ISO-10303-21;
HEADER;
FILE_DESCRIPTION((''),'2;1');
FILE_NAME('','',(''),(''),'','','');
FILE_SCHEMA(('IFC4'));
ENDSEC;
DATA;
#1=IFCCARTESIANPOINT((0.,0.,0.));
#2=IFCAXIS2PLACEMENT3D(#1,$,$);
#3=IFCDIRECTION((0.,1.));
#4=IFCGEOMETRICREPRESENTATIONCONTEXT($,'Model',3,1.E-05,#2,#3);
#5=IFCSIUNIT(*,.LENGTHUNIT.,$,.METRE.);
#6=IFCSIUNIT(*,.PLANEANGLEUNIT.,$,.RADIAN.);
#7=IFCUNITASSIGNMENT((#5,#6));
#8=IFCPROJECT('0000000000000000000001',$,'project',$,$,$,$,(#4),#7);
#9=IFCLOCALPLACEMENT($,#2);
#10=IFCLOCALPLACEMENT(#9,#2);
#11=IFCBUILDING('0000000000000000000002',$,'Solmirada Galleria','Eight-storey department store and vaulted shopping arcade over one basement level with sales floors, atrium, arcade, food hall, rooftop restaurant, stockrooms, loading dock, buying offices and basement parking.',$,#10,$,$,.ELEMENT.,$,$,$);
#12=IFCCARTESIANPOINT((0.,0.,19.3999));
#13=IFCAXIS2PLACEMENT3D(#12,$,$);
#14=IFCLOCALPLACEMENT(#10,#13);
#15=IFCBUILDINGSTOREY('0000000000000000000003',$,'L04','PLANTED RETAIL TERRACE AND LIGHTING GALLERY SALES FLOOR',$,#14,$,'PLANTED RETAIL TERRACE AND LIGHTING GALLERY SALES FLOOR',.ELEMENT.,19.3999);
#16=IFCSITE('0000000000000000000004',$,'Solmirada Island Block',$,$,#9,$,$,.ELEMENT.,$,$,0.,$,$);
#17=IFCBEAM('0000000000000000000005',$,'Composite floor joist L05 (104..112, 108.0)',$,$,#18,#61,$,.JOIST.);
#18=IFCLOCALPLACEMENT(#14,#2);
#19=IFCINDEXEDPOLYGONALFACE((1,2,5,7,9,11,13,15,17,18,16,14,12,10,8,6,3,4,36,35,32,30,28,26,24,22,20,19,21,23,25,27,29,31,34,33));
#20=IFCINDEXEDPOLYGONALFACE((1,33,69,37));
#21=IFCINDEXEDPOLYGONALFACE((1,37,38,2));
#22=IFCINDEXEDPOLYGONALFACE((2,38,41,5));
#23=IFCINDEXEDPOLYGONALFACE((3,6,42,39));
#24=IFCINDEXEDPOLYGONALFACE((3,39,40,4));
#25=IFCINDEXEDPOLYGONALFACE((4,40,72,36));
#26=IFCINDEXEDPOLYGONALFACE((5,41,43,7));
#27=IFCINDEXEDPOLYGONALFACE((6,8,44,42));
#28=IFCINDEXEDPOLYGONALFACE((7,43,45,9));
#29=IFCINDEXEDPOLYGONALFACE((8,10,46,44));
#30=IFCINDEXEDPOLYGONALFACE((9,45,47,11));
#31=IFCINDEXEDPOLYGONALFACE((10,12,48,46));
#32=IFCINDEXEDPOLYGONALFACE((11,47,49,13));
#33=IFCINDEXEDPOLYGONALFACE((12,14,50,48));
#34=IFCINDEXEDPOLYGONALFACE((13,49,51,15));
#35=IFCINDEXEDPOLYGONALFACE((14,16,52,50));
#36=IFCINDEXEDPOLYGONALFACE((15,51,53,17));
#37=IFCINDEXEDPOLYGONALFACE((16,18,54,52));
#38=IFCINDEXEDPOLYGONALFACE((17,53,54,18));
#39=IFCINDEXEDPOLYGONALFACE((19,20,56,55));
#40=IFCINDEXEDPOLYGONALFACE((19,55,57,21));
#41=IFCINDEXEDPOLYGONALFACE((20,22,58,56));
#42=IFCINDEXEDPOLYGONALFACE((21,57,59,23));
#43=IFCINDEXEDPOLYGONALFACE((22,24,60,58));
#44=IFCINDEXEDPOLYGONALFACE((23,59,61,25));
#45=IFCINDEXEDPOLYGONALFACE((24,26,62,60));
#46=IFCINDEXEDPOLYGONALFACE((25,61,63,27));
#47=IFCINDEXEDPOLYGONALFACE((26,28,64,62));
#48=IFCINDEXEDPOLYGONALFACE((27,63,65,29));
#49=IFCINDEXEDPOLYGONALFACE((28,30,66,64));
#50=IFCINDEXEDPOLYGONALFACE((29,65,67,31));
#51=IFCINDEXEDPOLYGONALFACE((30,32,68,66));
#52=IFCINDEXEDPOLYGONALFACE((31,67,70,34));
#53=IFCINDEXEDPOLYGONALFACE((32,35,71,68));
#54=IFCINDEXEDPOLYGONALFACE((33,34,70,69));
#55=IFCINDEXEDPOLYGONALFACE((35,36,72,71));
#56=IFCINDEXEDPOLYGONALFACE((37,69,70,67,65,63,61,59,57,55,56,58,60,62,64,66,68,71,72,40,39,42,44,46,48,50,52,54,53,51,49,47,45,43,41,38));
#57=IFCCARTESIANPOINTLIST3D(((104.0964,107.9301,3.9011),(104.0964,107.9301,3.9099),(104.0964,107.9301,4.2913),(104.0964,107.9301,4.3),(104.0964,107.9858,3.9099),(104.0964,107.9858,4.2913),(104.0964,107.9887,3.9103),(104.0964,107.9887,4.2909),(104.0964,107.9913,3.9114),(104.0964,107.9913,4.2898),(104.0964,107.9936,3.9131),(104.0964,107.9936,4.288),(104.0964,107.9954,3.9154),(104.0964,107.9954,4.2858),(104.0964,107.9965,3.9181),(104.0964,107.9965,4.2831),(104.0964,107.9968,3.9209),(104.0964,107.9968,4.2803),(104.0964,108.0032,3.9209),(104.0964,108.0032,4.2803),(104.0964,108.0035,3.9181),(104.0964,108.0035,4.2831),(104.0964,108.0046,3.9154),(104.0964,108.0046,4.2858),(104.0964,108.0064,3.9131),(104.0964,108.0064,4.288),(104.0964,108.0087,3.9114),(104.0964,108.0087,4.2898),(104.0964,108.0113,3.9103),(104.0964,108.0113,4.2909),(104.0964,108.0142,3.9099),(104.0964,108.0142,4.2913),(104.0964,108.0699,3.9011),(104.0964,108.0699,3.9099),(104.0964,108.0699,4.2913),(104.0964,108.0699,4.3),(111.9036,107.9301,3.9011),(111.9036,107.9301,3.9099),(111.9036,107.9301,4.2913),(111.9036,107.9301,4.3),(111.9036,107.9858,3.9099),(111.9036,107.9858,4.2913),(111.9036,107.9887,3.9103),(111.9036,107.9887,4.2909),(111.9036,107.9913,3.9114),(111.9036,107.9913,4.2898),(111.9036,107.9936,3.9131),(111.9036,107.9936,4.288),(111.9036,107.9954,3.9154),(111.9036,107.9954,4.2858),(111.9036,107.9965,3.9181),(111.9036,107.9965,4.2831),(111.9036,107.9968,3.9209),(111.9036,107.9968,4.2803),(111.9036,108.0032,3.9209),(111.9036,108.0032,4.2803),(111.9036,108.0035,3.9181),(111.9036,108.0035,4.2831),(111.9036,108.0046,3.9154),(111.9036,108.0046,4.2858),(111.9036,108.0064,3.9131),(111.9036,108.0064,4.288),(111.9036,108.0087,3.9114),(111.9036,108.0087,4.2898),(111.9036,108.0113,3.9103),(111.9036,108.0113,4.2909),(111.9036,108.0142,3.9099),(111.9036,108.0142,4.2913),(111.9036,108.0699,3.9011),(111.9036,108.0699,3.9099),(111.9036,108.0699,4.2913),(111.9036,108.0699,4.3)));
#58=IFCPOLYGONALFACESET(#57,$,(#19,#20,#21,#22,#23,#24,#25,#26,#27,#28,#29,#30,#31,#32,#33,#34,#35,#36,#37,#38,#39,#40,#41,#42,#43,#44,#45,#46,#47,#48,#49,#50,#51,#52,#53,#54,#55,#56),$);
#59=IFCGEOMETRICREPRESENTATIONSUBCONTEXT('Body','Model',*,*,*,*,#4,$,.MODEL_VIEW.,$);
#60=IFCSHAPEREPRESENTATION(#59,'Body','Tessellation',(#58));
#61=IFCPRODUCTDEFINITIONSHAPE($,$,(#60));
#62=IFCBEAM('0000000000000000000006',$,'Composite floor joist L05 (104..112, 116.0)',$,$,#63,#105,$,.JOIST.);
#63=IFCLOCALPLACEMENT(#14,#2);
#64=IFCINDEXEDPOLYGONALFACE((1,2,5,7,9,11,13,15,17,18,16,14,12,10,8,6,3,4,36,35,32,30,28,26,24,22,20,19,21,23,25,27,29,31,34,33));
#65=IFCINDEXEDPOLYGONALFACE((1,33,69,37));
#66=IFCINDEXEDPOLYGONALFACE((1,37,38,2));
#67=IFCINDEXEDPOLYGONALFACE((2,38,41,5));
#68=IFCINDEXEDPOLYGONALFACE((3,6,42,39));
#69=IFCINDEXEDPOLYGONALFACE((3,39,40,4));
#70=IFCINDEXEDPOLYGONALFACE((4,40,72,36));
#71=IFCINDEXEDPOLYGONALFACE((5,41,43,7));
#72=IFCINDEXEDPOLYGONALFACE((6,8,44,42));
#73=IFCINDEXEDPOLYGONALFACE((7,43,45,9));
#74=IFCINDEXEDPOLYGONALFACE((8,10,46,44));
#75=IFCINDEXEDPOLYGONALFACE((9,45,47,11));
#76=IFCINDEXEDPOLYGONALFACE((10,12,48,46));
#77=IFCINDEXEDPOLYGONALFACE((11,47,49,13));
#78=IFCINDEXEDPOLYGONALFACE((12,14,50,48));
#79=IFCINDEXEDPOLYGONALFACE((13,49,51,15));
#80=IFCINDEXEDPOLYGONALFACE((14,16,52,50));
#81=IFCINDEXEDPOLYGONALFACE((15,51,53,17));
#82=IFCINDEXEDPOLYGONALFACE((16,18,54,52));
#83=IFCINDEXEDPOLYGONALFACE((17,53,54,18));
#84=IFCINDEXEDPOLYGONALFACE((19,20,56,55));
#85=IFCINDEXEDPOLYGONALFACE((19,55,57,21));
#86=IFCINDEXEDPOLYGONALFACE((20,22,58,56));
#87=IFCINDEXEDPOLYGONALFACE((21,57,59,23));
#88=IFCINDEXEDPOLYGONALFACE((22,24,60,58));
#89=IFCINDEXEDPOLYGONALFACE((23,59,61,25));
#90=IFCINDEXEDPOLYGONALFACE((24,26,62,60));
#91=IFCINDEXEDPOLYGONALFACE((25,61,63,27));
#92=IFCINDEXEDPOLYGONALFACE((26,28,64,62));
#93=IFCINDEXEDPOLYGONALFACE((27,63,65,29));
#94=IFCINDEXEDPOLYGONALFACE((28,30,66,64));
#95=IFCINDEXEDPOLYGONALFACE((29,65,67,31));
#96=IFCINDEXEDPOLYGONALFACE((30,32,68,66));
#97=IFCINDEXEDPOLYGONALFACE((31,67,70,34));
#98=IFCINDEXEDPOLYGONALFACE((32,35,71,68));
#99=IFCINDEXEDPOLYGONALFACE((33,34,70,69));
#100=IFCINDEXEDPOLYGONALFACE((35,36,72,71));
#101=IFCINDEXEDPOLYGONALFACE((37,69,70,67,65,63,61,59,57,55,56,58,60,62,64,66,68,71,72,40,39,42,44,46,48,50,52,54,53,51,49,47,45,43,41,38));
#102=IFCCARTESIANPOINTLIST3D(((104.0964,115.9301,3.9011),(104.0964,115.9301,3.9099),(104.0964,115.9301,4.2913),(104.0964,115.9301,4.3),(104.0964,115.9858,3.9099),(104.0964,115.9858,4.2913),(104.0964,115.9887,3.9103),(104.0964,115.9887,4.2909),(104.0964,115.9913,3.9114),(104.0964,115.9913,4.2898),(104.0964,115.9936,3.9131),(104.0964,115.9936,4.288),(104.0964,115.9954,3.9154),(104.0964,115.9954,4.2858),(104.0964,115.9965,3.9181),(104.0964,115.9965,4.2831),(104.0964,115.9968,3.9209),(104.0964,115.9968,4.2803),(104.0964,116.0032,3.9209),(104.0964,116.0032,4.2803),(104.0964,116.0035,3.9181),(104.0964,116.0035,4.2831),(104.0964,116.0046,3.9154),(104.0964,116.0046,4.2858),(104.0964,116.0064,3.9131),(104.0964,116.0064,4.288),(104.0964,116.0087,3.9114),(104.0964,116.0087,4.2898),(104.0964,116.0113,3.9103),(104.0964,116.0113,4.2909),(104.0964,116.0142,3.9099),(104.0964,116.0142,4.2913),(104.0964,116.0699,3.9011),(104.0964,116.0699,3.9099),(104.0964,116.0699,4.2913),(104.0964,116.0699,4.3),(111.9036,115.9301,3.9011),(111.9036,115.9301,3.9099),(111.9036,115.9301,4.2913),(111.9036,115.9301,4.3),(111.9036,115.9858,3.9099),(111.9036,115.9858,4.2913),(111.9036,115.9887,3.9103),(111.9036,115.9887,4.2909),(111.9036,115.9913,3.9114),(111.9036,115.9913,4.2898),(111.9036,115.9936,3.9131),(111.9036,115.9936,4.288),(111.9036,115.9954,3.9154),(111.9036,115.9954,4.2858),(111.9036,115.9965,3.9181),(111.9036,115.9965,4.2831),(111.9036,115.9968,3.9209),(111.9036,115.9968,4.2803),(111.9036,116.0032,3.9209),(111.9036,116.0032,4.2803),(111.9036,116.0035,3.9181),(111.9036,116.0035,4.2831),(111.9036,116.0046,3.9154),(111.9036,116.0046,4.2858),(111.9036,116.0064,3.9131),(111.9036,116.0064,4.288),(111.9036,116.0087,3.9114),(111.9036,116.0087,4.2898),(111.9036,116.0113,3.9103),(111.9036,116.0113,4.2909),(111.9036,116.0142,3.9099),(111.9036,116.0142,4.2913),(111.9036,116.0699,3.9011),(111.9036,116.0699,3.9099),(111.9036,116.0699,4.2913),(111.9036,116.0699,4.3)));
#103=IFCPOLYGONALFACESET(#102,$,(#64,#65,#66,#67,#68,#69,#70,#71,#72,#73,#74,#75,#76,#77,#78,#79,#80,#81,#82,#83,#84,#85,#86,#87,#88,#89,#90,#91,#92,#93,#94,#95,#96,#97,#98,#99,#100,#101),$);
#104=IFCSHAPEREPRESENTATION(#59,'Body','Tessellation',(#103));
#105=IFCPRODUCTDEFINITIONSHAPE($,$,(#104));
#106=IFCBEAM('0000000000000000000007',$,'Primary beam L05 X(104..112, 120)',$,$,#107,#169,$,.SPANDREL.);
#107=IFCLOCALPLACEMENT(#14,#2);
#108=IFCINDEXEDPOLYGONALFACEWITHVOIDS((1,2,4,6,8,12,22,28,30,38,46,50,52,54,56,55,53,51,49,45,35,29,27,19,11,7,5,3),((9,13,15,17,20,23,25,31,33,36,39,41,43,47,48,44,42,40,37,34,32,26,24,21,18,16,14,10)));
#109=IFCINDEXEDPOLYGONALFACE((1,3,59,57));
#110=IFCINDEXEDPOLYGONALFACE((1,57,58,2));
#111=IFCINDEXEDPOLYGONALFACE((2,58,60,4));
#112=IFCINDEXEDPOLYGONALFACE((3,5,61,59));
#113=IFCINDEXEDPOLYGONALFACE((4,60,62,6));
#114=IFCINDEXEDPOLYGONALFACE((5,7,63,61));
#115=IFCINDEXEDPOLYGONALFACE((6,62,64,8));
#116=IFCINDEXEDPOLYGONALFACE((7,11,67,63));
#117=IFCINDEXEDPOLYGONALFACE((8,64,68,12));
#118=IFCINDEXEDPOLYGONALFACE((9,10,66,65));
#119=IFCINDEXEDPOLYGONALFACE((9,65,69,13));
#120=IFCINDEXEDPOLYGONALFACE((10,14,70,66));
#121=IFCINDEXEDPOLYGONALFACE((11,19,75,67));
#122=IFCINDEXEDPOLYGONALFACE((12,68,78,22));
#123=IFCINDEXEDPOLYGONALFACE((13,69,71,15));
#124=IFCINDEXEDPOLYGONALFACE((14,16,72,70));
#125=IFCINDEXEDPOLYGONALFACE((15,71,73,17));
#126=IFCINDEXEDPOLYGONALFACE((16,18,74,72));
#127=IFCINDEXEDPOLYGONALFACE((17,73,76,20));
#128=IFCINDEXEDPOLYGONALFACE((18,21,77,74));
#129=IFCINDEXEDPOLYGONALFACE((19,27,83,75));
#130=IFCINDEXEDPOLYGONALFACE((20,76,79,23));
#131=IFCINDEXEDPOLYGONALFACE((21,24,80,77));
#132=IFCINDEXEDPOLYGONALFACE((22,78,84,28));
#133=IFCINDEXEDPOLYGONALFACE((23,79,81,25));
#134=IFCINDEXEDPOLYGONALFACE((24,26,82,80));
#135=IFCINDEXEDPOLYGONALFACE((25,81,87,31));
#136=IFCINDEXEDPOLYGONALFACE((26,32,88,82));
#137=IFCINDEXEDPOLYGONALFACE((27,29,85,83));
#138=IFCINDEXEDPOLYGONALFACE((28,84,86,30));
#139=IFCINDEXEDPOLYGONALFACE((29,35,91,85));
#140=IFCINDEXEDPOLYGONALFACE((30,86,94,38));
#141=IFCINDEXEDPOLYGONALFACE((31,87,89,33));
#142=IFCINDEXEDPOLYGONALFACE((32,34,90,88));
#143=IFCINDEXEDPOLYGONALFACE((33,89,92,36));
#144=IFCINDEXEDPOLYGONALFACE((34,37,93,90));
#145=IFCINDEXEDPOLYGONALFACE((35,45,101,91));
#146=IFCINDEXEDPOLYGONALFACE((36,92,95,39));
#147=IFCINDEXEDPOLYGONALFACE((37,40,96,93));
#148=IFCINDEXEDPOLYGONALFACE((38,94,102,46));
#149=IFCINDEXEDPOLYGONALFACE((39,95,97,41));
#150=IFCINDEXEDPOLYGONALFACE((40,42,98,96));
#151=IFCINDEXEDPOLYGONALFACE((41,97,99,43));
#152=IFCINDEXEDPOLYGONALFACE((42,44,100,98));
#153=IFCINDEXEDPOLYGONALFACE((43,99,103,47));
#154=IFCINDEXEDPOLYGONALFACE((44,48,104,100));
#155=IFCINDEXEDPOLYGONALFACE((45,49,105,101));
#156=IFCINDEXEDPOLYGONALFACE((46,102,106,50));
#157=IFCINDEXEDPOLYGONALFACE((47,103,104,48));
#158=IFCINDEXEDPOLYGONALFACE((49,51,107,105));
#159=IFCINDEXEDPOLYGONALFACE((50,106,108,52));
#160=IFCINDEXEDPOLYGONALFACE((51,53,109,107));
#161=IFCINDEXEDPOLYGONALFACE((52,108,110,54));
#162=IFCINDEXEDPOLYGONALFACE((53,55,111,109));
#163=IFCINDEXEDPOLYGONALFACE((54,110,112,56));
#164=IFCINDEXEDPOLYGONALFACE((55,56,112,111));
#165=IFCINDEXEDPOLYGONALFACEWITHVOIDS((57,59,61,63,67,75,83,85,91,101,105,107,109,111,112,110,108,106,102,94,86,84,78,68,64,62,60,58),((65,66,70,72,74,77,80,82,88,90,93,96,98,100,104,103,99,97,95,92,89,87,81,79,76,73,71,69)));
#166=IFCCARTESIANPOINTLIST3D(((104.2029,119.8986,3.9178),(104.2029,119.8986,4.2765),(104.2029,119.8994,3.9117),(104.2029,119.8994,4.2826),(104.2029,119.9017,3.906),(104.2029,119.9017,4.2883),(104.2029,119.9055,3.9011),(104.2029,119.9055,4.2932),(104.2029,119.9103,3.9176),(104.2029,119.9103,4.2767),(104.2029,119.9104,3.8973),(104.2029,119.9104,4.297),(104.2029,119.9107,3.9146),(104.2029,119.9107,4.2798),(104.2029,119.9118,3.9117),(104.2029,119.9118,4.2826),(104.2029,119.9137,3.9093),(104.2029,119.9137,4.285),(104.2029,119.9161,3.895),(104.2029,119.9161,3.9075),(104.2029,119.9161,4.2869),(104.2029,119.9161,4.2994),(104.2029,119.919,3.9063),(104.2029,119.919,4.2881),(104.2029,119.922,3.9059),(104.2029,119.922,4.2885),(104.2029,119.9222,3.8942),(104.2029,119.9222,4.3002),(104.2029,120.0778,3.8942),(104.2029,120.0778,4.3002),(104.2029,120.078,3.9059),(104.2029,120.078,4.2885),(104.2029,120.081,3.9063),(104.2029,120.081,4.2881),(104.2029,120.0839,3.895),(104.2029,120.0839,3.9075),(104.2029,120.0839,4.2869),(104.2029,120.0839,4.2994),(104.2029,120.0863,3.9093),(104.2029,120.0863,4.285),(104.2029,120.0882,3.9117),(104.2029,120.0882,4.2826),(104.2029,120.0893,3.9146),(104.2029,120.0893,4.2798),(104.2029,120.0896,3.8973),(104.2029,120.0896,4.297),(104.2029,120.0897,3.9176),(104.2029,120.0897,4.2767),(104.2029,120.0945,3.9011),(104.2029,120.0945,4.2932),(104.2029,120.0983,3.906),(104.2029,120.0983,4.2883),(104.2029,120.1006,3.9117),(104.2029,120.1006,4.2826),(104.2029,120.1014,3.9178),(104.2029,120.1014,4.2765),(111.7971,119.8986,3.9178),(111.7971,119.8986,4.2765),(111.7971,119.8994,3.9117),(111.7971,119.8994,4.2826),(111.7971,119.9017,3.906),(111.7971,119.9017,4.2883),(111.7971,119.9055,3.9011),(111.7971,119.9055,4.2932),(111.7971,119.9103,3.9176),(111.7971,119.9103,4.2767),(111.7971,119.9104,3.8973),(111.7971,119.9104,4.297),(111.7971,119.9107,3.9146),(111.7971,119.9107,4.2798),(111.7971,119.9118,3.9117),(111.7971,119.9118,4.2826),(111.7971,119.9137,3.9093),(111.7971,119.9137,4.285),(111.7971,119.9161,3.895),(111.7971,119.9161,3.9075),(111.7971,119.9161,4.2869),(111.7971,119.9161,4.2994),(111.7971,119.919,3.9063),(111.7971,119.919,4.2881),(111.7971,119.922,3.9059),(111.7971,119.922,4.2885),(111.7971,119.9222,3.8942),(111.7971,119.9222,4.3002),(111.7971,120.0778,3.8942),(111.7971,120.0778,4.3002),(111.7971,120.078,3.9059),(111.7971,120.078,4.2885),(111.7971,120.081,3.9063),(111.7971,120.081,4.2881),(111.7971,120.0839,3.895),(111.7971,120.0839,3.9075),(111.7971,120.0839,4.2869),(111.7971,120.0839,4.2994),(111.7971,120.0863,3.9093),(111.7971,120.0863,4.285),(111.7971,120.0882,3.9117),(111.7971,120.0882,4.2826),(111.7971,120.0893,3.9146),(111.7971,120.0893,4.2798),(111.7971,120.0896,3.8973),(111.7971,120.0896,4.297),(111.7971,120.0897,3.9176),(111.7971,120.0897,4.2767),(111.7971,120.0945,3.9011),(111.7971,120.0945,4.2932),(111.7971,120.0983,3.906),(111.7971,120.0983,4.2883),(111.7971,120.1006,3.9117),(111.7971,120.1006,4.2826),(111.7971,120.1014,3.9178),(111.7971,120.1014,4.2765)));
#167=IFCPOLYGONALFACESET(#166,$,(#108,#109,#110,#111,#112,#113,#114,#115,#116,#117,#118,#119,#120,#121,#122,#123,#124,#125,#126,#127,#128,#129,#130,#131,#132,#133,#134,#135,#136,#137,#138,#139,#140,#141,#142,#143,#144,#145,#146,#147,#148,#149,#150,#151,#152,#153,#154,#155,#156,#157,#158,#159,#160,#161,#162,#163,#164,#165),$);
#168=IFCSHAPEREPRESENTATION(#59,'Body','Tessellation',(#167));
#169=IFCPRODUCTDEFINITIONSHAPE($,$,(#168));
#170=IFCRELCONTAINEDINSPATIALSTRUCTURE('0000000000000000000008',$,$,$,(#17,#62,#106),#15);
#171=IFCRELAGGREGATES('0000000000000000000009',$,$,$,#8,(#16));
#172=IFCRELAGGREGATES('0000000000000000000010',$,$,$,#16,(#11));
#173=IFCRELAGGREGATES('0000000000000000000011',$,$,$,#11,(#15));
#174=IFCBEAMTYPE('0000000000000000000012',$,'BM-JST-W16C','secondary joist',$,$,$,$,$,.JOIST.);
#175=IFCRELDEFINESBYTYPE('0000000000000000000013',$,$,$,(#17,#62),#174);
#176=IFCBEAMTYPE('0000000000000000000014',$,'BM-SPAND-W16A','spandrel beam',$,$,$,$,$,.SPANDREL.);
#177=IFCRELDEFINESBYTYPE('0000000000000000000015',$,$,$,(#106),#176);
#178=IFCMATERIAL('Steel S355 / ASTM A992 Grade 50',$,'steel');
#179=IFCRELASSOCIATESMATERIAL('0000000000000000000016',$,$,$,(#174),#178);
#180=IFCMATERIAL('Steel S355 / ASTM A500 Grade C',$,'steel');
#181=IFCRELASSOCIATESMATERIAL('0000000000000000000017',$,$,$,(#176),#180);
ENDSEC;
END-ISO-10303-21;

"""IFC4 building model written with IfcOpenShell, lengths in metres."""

from ifc_helpers import new_model, si_unit, direction, frame, origin, origin_2d, place, context, subcontext, project, spatial, hollow_rectangle, i_section, extrude, material, material_profile, profile_set, type_object, element, save


model = new_model("IFC4")

# Units and contexts
model_context = context("Model", 3, precision=1e-05, world=origin(), true_north=direction((0.0, 1.0)))
body_context = subcontext(model_context, "Body", "Model", "MODEL_VIEW")
ifc_project = project(units=[si_unit("LENGTHUNIT", "METRE"), si_unit("PLANEANGLEUNIT", "RADIAN")], contexts=[model_context])

# Site, building, storey
site_placement = place(None, origin())
site = spatial("IfcSite", under=ifc_project, at=site_placement, Name="Solmirada Island Block", CompositionType="ELEMENT", RefElevation=0.0)
building_placement = place(site_placement, origin())
building = spatial("IfcBuilding", under=site, at=building_placement, Name="Solmirada Galleria", Description="Eight-storey department store and vaulted shopping arcade over one basement level with sales floors, atrium, arcade, food hall, rooftop restaurant, stockrooms, loading dock, buying offices and basement parking.", CompositionType="ELEMENT")
storey_placement = place(building_placement, frame((0.0, 0.0, 19.3999)))
storey = spatial("IfcBuildingStorey", under=building, at=storey_placement, Name="L04", Description="PLANTED RETAIL TERRACE AND LIGHTING GALLERY SALES FLOOR", LongName="PLANTED RETAIL TERRACE AND LIGHTING GALLERY SALES FLOOR", CompositionType="ELEMENT", Elevation=19.3999)

# Shared definitions
ifc_material_1 = material(Name="Steel S355 / ASTM A500 Grade C", Category="steel")

# Beams
ifc_material_2 = material(Name="Steel S355 / ASTM A992 Grade 50", Category="steel")
ifc_material_profile_1 = material_profile(ifc_material_2, i_section(OverallWidth=0.1399, OverallDepth=0.3989, WebThickness=0.0063, FlangeThickness=0.0088, FilletRadius=0.011, at=origin_2d()), Name="W16X26")
ifc_profile_set_1 = profile_set([ifc_material_profile_1], Name="Steel S355 / ASTM A992 Grade 50")
beam_type_1 = type_object("IfcBeamType", Name="BM-JST-W16C", Description="secondary joist", PredefinedType="JOIST", material=ifc_profile_set_1)
for number, where, z_axis, x_axis, name in (
    (1, (104.0964, 108.0, 4.1006), (1.0, 0.0, 0.0), (0.0, 1.0, 0.0), "Composite floor joist L05 (104..112, 108.0)"),
    (2, (104.0964, 116.0, 4.1006), (1.0, 0.0, 0.0), (0.0, 1.0, 0.0), "Composite floor joist L05 (104..112, 116.0)"),
):
    element("IfcBeam", number, at=place(storey_placement, frame(where, z_axis=z_axis, x_axis=x_axis)), inside=storey, type_object=beam_type_1, Name=name, PredefinedType="JOIST", context=body_context, shape_type="SweptSolid", body=[
        extrude(i_section(OverallWidth=0.1399, OverallDepth=0.3989, WebThickness=0.0063, FlangeThickness=0.0088, FilletRadius=0.011, at=origin_2d()), origin(), (0.0, 0.0, 1.0), 7.8071),
    ])
ifc_material_profile_2 = material_profile(ifc_material_1, hollow_rectangle(XDim=0.2029, YDim=0.406, WallThickness=0.0117, InnerFilletRadius=0.0117, OuterFilletRadius=0.0237, at=origin_2d()), Name="HSS16X8X1/2")
ifc_profile_set_2 = profile_set([ifc_material_profile_2], Name="Steel S355 / ASTM A500 Grade C")
beam_type_2 = type_object("IfcBeamType", Name="BM-SPAND-W16A", Description="spandrel beam", PredefinedType="SPANDREL", material=ifc_profile_set_2)
beam_1_placement = place(storey_placement, frame((104.2029, 120.0, 4.0972), z_axis=(1.0, 0.0, 0.0), x_axis=(0.0, 1.0, 0.0)))
element("IfcBeam", 3, at=beam_1_placement, inside=storey, type_object=beam_type_2, Name="Primary beam L05 X(104..112, 120)", PredefinedType="SPANDREL", context=body_context, shape_type="SweptSolid", body=[
    extrude(hollow_rectangle(XDim=0.2029, YDim=0.406, WallThickness=0.0117, InnerFilletRadius=0.0117, OuterFilletRadius=0.0237, at=origin_2d()), origin(), (0.0, 0.0, 1.0), 7.5942),
])

save(model, "model.ifc")
